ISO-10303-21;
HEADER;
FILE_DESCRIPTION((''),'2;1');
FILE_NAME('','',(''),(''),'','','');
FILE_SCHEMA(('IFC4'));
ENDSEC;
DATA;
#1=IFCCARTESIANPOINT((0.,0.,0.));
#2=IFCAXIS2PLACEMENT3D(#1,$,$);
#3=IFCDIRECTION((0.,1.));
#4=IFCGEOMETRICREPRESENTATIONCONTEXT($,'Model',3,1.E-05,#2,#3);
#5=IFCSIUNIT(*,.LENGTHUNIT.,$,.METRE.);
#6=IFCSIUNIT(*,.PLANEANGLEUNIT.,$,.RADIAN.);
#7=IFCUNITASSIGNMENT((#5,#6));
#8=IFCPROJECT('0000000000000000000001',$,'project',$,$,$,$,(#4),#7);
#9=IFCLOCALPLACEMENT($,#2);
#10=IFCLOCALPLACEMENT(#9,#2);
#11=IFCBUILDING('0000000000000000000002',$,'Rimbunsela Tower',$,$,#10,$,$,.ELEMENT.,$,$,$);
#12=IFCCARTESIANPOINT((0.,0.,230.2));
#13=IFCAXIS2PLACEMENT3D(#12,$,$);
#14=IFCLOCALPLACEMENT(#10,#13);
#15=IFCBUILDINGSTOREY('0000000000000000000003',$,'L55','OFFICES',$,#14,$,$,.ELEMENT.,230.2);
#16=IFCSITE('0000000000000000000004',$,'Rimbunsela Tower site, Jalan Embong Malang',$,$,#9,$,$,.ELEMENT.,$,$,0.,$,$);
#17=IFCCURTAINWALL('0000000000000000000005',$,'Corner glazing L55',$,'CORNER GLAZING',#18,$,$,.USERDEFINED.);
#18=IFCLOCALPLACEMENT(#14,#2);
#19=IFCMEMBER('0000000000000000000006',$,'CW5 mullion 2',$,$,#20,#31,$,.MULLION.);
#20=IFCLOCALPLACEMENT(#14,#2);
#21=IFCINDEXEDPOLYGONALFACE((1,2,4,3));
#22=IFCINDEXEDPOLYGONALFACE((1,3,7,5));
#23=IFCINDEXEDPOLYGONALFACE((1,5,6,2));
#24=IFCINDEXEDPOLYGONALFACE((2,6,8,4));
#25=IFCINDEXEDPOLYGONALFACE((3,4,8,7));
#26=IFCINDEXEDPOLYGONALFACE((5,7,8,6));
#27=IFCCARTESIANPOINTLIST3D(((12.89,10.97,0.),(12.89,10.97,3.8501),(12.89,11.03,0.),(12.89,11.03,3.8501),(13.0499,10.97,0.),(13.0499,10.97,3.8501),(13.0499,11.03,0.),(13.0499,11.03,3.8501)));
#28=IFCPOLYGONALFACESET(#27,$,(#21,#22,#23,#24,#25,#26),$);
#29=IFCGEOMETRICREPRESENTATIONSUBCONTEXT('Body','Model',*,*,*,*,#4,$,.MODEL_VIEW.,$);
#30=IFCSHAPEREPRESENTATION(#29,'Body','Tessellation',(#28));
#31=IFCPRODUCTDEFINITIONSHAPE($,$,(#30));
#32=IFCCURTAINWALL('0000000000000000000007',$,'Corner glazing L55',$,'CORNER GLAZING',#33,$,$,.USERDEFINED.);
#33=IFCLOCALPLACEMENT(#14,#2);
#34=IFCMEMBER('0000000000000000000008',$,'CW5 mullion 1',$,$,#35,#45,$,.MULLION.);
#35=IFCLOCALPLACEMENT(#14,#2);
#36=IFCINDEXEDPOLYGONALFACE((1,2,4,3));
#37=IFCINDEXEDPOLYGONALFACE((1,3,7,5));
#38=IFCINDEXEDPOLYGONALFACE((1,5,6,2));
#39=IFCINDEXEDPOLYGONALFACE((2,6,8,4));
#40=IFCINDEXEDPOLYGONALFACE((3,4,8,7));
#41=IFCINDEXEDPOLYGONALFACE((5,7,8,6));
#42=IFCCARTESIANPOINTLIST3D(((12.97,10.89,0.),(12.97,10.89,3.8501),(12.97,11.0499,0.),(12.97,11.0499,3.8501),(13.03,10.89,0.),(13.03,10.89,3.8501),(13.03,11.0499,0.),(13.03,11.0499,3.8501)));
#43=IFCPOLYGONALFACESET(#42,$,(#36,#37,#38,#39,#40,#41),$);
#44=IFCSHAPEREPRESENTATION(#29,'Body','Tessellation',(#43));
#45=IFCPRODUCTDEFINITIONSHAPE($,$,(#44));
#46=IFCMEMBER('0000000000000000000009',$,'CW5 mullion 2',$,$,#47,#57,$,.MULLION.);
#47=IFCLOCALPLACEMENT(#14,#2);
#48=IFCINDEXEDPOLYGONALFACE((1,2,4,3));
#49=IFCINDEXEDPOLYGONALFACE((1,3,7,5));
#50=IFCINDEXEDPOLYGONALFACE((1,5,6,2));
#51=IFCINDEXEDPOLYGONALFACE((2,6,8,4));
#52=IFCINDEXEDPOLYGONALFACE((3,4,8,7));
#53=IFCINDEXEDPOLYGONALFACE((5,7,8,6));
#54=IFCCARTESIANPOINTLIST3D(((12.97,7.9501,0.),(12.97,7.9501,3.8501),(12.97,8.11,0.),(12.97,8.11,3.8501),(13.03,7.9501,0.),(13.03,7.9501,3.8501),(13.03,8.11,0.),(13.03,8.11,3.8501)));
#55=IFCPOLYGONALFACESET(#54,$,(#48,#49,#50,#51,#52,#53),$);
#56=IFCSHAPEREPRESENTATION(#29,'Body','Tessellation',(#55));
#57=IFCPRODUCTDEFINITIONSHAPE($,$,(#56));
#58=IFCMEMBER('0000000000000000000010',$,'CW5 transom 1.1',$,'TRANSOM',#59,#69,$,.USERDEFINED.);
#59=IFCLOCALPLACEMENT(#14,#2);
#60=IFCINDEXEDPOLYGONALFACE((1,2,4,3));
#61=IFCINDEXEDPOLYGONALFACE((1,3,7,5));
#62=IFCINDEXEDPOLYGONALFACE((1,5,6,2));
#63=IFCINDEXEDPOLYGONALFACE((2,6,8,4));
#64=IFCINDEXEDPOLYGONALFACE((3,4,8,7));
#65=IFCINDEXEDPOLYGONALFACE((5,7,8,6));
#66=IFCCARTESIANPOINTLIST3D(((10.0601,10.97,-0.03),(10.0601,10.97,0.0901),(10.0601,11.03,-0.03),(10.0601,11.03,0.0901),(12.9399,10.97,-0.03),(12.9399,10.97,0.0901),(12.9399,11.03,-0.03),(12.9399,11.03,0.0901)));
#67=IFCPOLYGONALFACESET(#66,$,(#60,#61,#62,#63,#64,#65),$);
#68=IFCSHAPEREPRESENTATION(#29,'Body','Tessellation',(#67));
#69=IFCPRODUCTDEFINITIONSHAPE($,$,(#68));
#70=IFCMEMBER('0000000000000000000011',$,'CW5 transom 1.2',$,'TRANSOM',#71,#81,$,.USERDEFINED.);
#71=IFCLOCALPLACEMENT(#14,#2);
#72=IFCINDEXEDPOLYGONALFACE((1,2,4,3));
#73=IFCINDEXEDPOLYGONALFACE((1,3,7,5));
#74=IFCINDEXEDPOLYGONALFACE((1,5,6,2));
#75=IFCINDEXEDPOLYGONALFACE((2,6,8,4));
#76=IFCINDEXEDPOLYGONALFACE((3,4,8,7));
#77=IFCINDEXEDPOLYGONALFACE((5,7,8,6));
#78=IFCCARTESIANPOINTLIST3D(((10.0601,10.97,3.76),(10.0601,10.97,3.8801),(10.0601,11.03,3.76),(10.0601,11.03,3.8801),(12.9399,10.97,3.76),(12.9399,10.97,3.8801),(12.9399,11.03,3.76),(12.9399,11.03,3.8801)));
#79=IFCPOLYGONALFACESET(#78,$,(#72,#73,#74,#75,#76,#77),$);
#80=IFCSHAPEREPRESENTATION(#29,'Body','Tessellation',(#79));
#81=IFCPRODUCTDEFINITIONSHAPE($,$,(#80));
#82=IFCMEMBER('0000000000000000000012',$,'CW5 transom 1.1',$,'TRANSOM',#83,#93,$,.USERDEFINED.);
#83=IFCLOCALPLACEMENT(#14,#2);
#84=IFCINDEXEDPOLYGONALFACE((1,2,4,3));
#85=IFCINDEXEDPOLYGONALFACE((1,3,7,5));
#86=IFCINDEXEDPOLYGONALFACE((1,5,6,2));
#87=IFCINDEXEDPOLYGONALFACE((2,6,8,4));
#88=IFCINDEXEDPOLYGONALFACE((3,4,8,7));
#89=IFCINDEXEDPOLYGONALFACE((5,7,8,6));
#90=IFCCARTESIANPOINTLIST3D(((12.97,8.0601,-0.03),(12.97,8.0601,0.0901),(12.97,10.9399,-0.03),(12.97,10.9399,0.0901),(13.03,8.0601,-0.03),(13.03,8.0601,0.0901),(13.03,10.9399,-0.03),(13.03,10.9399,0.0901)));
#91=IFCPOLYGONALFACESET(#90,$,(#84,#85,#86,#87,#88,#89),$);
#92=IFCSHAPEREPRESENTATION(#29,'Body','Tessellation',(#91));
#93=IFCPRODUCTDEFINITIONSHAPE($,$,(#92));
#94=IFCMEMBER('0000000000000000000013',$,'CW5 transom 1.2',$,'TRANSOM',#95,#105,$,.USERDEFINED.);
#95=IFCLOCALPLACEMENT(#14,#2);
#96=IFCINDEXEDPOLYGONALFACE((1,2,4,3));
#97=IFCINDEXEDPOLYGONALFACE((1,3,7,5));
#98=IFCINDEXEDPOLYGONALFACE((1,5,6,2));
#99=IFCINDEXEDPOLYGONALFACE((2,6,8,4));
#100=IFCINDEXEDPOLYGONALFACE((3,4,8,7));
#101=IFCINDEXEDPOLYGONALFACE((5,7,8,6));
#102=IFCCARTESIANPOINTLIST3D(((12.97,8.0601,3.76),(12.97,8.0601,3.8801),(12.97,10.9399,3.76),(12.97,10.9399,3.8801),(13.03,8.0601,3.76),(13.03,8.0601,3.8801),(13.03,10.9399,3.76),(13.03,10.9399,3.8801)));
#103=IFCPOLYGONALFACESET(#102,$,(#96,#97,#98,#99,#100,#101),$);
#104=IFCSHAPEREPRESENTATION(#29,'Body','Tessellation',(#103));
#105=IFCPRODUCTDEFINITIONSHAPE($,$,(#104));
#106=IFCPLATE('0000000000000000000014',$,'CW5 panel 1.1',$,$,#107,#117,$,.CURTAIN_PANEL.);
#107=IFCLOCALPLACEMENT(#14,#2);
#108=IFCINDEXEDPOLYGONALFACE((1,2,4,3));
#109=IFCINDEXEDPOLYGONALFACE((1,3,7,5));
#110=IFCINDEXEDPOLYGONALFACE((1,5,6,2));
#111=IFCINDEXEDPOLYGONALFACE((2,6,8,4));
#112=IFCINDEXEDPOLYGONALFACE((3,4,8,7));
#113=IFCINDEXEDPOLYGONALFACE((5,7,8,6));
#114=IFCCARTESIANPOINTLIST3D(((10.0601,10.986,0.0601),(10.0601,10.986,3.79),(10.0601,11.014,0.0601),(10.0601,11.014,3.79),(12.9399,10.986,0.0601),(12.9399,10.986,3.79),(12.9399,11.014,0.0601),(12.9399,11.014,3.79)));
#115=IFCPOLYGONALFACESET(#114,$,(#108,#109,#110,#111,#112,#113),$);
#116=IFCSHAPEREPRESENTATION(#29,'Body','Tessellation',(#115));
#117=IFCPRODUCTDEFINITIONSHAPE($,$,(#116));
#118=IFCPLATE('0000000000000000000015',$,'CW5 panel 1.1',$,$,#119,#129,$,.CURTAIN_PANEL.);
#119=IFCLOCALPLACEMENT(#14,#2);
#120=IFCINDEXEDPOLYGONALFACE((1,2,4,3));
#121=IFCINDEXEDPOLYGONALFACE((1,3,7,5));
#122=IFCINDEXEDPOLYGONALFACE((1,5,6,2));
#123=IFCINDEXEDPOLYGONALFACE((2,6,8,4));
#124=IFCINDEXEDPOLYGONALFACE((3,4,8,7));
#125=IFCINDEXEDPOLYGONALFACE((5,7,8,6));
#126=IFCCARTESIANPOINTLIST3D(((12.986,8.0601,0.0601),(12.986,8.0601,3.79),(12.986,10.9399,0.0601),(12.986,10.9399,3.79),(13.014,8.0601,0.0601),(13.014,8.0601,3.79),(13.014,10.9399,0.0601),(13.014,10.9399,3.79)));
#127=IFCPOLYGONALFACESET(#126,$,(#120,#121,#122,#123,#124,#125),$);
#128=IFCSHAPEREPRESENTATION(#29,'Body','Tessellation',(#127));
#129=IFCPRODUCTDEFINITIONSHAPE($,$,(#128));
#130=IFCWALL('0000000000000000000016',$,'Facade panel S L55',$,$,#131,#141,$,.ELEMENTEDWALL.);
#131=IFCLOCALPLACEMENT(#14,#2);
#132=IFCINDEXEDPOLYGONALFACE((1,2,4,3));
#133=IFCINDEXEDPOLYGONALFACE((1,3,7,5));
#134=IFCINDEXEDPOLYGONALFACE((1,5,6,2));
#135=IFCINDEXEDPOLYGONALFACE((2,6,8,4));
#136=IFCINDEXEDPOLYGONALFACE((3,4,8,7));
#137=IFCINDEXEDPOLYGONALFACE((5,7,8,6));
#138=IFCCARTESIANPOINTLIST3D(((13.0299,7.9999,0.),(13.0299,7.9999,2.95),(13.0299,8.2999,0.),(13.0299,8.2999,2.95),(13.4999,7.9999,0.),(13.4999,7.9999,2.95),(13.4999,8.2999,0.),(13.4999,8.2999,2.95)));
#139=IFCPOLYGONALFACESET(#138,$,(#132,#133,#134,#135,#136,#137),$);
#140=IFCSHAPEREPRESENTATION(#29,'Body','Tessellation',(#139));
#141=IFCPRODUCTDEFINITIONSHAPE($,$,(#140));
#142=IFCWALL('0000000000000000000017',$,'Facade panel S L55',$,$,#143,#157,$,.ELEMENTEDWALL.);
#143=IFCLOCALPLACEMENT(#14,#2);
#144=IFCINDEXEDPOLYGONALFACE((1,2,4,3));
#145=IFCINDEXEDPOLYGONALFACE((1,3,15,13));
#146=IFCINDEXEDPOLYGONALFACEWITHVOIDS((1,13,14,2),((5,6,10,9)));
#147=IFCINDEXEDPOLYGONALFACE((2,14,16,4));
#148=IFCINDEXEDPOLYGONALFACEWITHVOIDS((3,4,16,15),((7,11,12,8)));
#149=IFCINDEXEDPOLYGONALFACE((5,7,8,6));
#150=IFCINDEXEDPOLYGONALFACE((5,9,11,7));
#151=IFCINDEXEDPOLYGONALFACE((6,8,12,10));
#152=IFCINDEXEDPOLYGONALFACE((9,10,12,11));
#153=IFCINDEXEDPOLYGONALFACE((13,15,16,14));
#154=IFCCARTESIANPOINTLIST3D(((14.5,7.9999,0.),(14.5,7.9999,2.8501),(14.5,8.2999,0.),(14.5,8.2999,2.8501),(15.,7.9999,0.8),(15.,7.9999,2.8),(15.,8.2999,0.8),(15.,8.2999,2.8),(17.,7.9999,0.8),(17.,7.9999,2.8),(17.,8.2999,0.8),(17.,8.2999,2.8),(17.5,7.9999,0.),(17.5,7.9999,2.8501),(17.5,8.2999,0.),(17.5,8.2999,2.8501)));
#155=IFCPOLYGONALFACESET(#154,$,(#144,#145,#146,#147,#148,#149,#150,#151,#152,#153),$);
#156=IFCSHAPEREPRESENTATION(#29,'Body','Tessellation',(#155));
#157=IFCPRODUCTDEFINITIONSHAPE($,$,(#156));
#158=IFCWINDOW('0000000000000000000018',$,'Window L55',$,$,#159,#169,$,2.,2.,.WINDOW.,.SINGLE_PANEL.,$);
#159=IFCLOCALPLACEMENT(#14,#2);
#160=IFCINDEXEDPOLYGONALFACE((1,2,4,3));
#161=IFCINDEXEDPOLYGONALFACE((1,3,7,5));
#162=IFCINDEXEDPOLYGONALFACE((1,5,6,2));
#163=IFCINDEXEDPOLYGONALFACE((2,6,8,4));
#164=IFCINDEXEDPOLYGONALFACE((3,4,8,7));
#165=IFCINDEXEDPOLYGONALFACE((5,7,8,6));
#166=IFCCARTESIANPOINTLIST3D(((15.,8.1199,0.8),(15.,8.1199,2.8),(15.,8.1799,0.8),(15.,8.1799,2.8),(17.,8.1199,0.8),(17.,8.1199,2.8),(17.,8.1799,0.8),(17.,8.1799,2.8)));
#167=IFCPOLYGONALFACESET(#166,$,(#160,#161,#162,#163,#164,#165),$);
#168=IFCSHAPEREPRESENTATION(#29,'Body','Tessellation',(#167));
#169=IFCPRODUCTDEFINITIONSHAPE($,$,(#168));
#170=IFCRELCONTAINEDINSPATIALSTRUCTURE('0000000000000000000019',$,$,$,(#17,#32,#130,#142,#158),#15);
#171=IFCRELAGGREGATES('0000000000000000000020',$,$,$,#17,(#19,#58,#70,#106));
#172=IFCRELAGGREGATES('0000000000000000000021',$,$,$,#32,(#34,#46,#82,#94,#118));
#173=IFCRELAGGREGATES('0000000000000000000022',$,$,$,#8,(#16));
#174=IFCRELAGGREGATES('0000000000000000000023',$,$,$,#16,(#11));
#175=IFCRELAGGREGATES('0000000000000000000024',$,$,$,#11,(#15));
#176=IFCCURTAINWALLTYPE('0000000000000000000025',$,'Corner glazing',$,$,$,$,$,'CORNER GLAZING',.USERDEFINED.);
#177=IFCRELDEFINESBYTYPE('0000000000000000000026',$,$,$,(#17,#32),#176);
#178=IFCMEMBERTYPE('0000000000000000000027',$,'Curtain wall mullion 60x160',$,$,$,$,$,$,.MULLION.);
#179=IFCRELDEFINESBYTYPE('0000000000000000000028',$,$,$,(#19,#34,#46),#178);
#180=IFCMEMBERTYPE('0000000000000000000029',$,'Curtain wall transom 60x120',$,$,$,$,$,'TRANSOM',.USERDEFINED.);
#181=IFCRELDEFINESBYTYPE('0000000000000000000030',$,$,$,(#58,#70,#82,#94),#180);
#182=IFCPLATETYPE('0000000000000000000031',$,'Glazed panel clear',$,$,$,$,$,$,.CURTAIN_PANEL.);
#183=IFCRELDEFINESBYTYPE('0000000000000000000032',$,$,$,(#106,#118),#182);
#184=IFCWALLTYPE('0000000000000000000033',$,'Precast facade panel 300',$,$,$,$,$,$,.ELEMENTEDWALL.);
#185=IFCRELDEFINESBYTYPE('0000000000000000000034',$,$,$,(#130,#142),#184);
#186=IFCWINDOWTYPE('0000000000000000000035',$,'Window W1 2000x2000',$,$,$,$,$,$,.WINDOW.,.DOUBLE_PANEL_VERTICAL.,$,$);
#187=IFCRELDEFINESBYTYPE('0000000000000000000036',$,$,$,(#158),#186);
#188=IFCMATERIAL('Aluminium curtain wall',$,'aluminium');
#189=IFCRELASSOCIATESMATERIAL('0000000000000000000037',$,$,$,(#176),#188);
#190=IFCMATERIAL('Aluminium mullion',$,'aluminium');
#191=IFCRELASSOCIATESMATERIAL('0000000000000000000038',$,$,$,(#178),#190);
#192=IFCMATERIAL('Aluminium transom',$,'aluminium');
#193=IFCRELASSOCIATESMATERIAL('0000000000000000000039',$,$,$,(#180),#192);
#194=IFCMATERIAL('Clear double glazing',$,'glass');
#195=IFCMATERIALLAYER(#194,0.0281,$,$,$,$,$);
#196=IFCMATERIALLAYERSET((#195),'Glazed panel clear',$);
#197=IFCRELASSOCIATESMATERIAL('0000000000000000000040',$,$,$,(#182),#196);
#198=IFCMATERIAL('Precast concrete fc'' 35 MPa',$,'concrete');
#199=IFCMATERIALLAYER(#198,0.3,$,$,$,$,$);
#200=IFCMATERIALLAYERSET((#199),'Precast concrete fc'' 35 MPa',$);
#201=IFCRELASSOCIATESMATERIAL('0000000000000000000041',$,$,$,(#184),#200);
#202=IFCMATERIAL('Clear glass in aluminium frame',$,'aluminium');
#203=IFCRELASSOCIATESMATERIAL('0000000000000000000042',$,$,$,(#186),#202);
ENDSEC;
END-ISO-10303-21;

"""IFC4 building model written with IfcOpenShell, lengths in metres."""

from ifc_helpers import new_model, si_unit, direction, frame, frame_2d, origin, origin_2d, place, context, subcontext, project, spatial, rectangle, extrude, material, layer, layer_set, material_profile, profile_set, type_object, element, fill, aggregate, save


model = new_model("IFC4")

# Units and contexts
model_context = context("Model", 3, precision=1e-05, world=origin(), true_north=direction((0.0, 1.0)))
body_context = subcontext(model_context, "Body", "Model", "MODEL_VIEW")
ifc_project = project(units=[si_unit("LENGTHUNIT", "METRE"), si_unit("PLANEANGLEUNIT", "RADIAN")], contexts=[model_context])

# Site, building, storey
site_placement = place(None, origin())
site = spatial("IfcSite", under=ifc_project, at=site_placement, Name="Rimbunsela Tower site, Jalan Embong Malang", CompositionType="ELEMENT", RefElevation=0.0)
building_placement = place(site_placement, origin())
building = spatial("IfcBuilding", under=site, at=building_placement, Name="Rimbunsela Tower", CompositionType="ELEMENT")
storey_placement = place(building_placement, frame((0.0, 0.0, 230.2)))
storey = spatial("IfcBuildingStorey", under=building, at=storey_placement, Name="L55", Description="OFFICES", CompositionType="ELEMENT", Elevation=230.2)

# Curtain walls, members
ifc_material_1 = material(Name="Aluminium curtain wall", Category="aluminium")
curtain_wall_type = type_object("IfcCurtainWallType", Name="Corner glazing", ElementType="CORNER GLAZING", PredefinedType="USERDEFINED", material=ifc_material_1)
curtain_wall_1_placement = place(storey_placement, origin())
curtain_wall_1 = element("IfcCurtainWall", 1, at=curtain_wall_1_placement, inside=storey, type_object=curtain_wall_type, Name="Corner glazing L55", ObjectType="CORNER GLAZING", PredefinedType="USERDEFINED")
ifc_material_2 = material(Name="Aluminium mullion", Category="aluminium")
ifc_material_profile_1 = material_profile(ifc_material_2, rectangle(XDim=0.0601, YDim=0.1599, at=origin_2d()), Name="Mullion 60x160")
ifc_profile_set_1 = profile_set([ifc_material_profile_1], Name="Aluminium mullion")
member_type_1 = type_object("IfcMemberType", Name="Curtain wall mullion 60x160", PredefinedType="MULLION", material=ifc_profile_set_1)
member_1_placement = place(storey_placement, frame((12.97, 11.0, 0.0), z_axis=(0.0, 0.0, 1.0), x_axis=(0.0, 1.0, 0.0)))
member_1 = element("IfcMember", 2, at=member_1_placement, type_object=member_type_1, Name="CW5 mullion 2", PredefinedType="MULLION", context=body_context, shape_type="SweptSolid", body=[
    extrude(rectangle(XDim=0.0601, YDim=0.1599, at=origin_2d()), origin(), (0.0, 0.0, 1.0), 3.8501),
])
curtain_wall_2_placement = place(storey_placement, origin())
curtain_wall_2 = element("IfcCurtainWall", 3, at=curtain_wall_2_placement, inside=storey, type_object=curtain_wall_type, Name="Corner glazing L55", ObjectType="CORNER GLAZING", PredefinedType="USERDEFINED")
member_2_placement = place(storey_placement, frame((13.0, 10.97, 0.0), z_axis=(0.0, 0.0, 1.0), x_axis=(1.0, 0.0, 0.0)))
member_2 = element("IfcMember", 4, at=member_2_placement, type_object=member_type_1, Name="CW5 mullion 1", PredefinedType="MULLION", context=body_context, shape_type="SweptSolid", body=[
    extrude(rectangle(XDim=0.0601, YDim=0.1599, at=origin_2d()), origin(), (0.0, 0.0, 1.0), 3.8501),
])
member_3_placement = place(storey_placement, frame((13.0, 8.03, 0.0), z_axis=(0.0, 0.0, 1.0), x_axis=(1.0, 0.0, 0.0)))
member_3 = element("IfcMember", 5, at=member_3_placement, type_object=member_type_1, Name="CW5 mullion 2", PredefinedType="MULLION", context=body_context, shape_type="SweptSolid", body=[
    extrude(rectangle(XDim=0.0601, YDim=0.1599, at=origin_2d()), origin(), (0.0, 0.0, 1.0), 3.8501),
])

# Members
ifc_material_3 = material(Name="Aluminium transom", Category="aluminium")
ifc_material_profile_2 = material_profile(ifc_material_3, rectangle(XDim=0.0601, YDim=0.1201, at=origin_2d()), Name="Transom 60x120")
ifc_profile_set_2 = profile_set([ifc_material_profile_2], Name="Aluminium transom")
member_type_2 = type_object("IfcMemberType", Name="Curtain wall transom 60x120", ElementType="TRANSOM", PredefinedType="USERDEFINED", material=ifc_profile_set_2)
member_4_placement = place(storey_placement, frame((10.0601, 11.0, 0.03), z_axis=(1.0, 0.0, 0.0), x_axis=(0.0, 1.0, 0.0)))
member_4 = element("IfcMember", 6, at=member_4_placement, type_object=member_type_2, Name="CW5 transom 1.1", ObjectType="TRANSOM", PredefinedType="USERDEFINED", context=body_context, shape_type="SweptSolid", body=[
    extrude(rectangle(XDim=0.0601, YDim=0.1201, at=origin_2d()), origin(), (0.0, 0.0, 1.0), 2.8799),
])
member_5_placement = place(storey_placement, frame((10.0601, 11.0, 3.8201), z_axis=(1.0, 0.0, 0.0), x_axis=(0.0, 1.0, 0.0)))
member_5 = element("IfcMember", 7, at=member_5_placement, type_object=member_type_2, Name="CW5 transom 1.2", ObjectType="TRANSOM", PredefinedType="USERDEFINED", context=body_context, shape_type="SweptSolid", body=[
    extrude(rectangle(XDim=0.0601, YDim=0.1201, at=origin_2d()), origin(), (0.0, 0.0, 1.0), 2.8799),
])
member_6_placement = place(storey_placement, frame((13.0, 10.9399, 0.03), z_axis=(0.0, -1.0, 0.0), x_axis=(1.0, 0.0, 0.0)))
member_6 = element("IfcMember", 8, at=member_6_placement, type_object=member_type_2, Name="CW5 transom 1.1", ObjectType="TRANSOM", PredefinedType="USERDEFINED", context=body_context, shape_type="SweptSolid", body=[
    extrude(rectangle(XDim=0.0601, YDim=0.1201, at=origin_2d()), origin(), (0.0, 0.0, 1.0), 2.8799),
])
member_7_placement = place(storey_placement, frame((13.0, 10.9399, 3.8201), z_axis=(0.0, -1.0, 0.0), x_axis=(1.0, 0.0, 0.0)))
member_7 = element("IfcMember", 9, at=member_7_placement, type_object=member_type_2, Name="CW5 transom 1.2", ObjectType="TRANSOM", PredefinedType="USERDEFINED", context=body_context, shape_type="SweptSolid", body=[
    extrude(rectangle(XDim=0.0601, YDim=0.1201, at=origin_2d()), origin(), (0.0, 0.0, 1.0), 2.8799),
])

# Plates
ifc_material_4 = material(Name="Clear double glazing", Category="glass")
ifc_layer_1 = layer(ifc_material_4, 0.0281)
ifc_layer_set_1 = layer_set([ifc_layer_1], Name="Glazed panel clear")
plate_type = type_object("IfcPlateType", Name="Glazed panel clear", PredefinedType="CURTAIN_PANEL", material=ifc_layer_set_1)
plate_1_placement = place(storey_placement, frame((11.5, 11.0, 0.0601), z_axis=(0.0, 0.0, 1.0), x_axis=(1.0, 0.0, 0.0)))
plate_1 = element("IfcPlate", 10, at=plate_1_placement, type_object=plate_type, Name="CW5 panel 1.1", PredefinedType="CURTAIN_PANEL", context=body_context, shape_type="SweptSolid", body=[
    extrude(rectangle(XDim=2.8799, YDim=0.0281, at=origin_2d()), origin(), (0.0, 0.0, 1.0), 3.73),
])
aggregate(curtain_wall_1, [member_1, member_4, member_5, plate_1])
plate_2_placement = place(storey_placement, frame((13.0, 9.5, 0.0601), z_axis=(0.0, 0.0, 1.0), x_axis=(0.0, -1.0, 0.0)))
plate_2 = element("IfcPlate", 11, at=plate_2_placement, type_object=plate_type, Name="CW5 panel 1.1", PredefinedType="CURTAIN_PANEL", context=body_context, shape_type="SweptSolid", body=[
    extrude(rectangle(XDim=2.8799, YDim=0.0281, at=origin_2d()), origin(), (0.0, 0.0, 1.0), 3.73),
])
aggregate(curtain_wall_2, [member_2, member_3, member_6, member_7, plate_2])

# Wall
ifc_material_5 = material(Name="Precast concrete fc' 35 MPa", Category="concrete")
ifc_layer_2 = layer(ifc_material_5, 0.3)
ifc_layer_set_2 = layer_set([ifc_layer_2], Name="Precast concrete fc' 35 MPa")
wall_type = type_object("IfcWallType", Name="Precast facade panel 300", PredefinedType="ELEMENTEDWALL", material=ifc_layer_set_2)
wall_1_placement = place(storey_placement, frame((13.03, 8.1499, 0.0), z_axis=(0.0, 0.0, 1.0), x_axis=(1.0, 0.0, 0.0)))
element("IfcWall", 12, at=wall_1_placement, inside=storey, type_object=wall_type, Name="Facade panel S L55", PredefinedType="ELEMENTEDWALL", context=body_context, shape_type="SweptSolid", body=[
    extrude(rectangle(XDim=0.47, YDim=0.3, at=frame_2d((0.2349, 0.0))), origin(), (0.0, 0.0, 1.0), 2.95),
])

# Wall, opening, window
wall_2_placement = place(storey_placement, frame((14.5, 8.1499, 0.0), z_axis=(0.0, 0.0, 1.0), x_axis=(1.0, 0.0, 0.0)))
wall_2 = element("IfcWall", 13, at=wall_2_placement, inside=storey, type_object=wall_type, Name="Facade panel S L55", PredefinedType="ELEMENTEDWALL", context=body_context, shape_type="SweptSolid", body=[
    extrude(rectangle(XDim=3.0, YDim=0.3, at=frame_2d((1.5, 0.0))), origin(), (0.0, 0.0, 1.0), 2.8501),
])
opening_1_placement = place(wall_2_placement, frame((0.5, 0.0, 0.8)))
opening_1 = element("IfcOpeningElement", 14, at=opening_1_placement, cuts=wall_2, PredefinedType="OPENING", context=body_context, shape_type="SweptSolid", body=[
    extrude(rectangle(XDim=2.0, YDim=2.0, at=frame_2d((1.0, 1.0))), frame((0.0, 0.1599, 0.0), z_axis=(0.0, -1.0, 0.0), x_axis=(1.0, 0.0, 0.0)), (0.0, 0.0, 1.0), 0.3201),
])
ifc_material_6 = material(Name="Clear glass in aluminium frame", Category="aluminium")
window_type = type_object("IfcWindowType", Name="Window W1 2000x2000", PartitioningType="DOUBLE_PANEL_VERTICAL", PredefinedType="WINDOW", material=ifc_material_6)
window_1_placement = place(opening_1_placement, origin())
window_1 = element("IfcWindow", 15, at=window_1_placement, inside=storey, type_object=window_type, Name="Window L55", OverallHeight=2.0, OverallWidth=2.0, PartitioningType="SINGLE_PANEL", PredefinedType="WINDOW", context=body_context, shape_type="SweptSolid", body=[
    extrude(rectangle(XDim=2.0, YDim=2.0, at=frame_2d((1.0, 1.0))), frame((0.0, 0.03, 0.0), z_axis=(0.0, -1.0, 0.0), x_axis=(1.0, 0.0, 0.0)), (0.0, 0.0, 1.0), 0.0601),
])
fill(opening_1, window_1)

save(model, "model.ifc")
